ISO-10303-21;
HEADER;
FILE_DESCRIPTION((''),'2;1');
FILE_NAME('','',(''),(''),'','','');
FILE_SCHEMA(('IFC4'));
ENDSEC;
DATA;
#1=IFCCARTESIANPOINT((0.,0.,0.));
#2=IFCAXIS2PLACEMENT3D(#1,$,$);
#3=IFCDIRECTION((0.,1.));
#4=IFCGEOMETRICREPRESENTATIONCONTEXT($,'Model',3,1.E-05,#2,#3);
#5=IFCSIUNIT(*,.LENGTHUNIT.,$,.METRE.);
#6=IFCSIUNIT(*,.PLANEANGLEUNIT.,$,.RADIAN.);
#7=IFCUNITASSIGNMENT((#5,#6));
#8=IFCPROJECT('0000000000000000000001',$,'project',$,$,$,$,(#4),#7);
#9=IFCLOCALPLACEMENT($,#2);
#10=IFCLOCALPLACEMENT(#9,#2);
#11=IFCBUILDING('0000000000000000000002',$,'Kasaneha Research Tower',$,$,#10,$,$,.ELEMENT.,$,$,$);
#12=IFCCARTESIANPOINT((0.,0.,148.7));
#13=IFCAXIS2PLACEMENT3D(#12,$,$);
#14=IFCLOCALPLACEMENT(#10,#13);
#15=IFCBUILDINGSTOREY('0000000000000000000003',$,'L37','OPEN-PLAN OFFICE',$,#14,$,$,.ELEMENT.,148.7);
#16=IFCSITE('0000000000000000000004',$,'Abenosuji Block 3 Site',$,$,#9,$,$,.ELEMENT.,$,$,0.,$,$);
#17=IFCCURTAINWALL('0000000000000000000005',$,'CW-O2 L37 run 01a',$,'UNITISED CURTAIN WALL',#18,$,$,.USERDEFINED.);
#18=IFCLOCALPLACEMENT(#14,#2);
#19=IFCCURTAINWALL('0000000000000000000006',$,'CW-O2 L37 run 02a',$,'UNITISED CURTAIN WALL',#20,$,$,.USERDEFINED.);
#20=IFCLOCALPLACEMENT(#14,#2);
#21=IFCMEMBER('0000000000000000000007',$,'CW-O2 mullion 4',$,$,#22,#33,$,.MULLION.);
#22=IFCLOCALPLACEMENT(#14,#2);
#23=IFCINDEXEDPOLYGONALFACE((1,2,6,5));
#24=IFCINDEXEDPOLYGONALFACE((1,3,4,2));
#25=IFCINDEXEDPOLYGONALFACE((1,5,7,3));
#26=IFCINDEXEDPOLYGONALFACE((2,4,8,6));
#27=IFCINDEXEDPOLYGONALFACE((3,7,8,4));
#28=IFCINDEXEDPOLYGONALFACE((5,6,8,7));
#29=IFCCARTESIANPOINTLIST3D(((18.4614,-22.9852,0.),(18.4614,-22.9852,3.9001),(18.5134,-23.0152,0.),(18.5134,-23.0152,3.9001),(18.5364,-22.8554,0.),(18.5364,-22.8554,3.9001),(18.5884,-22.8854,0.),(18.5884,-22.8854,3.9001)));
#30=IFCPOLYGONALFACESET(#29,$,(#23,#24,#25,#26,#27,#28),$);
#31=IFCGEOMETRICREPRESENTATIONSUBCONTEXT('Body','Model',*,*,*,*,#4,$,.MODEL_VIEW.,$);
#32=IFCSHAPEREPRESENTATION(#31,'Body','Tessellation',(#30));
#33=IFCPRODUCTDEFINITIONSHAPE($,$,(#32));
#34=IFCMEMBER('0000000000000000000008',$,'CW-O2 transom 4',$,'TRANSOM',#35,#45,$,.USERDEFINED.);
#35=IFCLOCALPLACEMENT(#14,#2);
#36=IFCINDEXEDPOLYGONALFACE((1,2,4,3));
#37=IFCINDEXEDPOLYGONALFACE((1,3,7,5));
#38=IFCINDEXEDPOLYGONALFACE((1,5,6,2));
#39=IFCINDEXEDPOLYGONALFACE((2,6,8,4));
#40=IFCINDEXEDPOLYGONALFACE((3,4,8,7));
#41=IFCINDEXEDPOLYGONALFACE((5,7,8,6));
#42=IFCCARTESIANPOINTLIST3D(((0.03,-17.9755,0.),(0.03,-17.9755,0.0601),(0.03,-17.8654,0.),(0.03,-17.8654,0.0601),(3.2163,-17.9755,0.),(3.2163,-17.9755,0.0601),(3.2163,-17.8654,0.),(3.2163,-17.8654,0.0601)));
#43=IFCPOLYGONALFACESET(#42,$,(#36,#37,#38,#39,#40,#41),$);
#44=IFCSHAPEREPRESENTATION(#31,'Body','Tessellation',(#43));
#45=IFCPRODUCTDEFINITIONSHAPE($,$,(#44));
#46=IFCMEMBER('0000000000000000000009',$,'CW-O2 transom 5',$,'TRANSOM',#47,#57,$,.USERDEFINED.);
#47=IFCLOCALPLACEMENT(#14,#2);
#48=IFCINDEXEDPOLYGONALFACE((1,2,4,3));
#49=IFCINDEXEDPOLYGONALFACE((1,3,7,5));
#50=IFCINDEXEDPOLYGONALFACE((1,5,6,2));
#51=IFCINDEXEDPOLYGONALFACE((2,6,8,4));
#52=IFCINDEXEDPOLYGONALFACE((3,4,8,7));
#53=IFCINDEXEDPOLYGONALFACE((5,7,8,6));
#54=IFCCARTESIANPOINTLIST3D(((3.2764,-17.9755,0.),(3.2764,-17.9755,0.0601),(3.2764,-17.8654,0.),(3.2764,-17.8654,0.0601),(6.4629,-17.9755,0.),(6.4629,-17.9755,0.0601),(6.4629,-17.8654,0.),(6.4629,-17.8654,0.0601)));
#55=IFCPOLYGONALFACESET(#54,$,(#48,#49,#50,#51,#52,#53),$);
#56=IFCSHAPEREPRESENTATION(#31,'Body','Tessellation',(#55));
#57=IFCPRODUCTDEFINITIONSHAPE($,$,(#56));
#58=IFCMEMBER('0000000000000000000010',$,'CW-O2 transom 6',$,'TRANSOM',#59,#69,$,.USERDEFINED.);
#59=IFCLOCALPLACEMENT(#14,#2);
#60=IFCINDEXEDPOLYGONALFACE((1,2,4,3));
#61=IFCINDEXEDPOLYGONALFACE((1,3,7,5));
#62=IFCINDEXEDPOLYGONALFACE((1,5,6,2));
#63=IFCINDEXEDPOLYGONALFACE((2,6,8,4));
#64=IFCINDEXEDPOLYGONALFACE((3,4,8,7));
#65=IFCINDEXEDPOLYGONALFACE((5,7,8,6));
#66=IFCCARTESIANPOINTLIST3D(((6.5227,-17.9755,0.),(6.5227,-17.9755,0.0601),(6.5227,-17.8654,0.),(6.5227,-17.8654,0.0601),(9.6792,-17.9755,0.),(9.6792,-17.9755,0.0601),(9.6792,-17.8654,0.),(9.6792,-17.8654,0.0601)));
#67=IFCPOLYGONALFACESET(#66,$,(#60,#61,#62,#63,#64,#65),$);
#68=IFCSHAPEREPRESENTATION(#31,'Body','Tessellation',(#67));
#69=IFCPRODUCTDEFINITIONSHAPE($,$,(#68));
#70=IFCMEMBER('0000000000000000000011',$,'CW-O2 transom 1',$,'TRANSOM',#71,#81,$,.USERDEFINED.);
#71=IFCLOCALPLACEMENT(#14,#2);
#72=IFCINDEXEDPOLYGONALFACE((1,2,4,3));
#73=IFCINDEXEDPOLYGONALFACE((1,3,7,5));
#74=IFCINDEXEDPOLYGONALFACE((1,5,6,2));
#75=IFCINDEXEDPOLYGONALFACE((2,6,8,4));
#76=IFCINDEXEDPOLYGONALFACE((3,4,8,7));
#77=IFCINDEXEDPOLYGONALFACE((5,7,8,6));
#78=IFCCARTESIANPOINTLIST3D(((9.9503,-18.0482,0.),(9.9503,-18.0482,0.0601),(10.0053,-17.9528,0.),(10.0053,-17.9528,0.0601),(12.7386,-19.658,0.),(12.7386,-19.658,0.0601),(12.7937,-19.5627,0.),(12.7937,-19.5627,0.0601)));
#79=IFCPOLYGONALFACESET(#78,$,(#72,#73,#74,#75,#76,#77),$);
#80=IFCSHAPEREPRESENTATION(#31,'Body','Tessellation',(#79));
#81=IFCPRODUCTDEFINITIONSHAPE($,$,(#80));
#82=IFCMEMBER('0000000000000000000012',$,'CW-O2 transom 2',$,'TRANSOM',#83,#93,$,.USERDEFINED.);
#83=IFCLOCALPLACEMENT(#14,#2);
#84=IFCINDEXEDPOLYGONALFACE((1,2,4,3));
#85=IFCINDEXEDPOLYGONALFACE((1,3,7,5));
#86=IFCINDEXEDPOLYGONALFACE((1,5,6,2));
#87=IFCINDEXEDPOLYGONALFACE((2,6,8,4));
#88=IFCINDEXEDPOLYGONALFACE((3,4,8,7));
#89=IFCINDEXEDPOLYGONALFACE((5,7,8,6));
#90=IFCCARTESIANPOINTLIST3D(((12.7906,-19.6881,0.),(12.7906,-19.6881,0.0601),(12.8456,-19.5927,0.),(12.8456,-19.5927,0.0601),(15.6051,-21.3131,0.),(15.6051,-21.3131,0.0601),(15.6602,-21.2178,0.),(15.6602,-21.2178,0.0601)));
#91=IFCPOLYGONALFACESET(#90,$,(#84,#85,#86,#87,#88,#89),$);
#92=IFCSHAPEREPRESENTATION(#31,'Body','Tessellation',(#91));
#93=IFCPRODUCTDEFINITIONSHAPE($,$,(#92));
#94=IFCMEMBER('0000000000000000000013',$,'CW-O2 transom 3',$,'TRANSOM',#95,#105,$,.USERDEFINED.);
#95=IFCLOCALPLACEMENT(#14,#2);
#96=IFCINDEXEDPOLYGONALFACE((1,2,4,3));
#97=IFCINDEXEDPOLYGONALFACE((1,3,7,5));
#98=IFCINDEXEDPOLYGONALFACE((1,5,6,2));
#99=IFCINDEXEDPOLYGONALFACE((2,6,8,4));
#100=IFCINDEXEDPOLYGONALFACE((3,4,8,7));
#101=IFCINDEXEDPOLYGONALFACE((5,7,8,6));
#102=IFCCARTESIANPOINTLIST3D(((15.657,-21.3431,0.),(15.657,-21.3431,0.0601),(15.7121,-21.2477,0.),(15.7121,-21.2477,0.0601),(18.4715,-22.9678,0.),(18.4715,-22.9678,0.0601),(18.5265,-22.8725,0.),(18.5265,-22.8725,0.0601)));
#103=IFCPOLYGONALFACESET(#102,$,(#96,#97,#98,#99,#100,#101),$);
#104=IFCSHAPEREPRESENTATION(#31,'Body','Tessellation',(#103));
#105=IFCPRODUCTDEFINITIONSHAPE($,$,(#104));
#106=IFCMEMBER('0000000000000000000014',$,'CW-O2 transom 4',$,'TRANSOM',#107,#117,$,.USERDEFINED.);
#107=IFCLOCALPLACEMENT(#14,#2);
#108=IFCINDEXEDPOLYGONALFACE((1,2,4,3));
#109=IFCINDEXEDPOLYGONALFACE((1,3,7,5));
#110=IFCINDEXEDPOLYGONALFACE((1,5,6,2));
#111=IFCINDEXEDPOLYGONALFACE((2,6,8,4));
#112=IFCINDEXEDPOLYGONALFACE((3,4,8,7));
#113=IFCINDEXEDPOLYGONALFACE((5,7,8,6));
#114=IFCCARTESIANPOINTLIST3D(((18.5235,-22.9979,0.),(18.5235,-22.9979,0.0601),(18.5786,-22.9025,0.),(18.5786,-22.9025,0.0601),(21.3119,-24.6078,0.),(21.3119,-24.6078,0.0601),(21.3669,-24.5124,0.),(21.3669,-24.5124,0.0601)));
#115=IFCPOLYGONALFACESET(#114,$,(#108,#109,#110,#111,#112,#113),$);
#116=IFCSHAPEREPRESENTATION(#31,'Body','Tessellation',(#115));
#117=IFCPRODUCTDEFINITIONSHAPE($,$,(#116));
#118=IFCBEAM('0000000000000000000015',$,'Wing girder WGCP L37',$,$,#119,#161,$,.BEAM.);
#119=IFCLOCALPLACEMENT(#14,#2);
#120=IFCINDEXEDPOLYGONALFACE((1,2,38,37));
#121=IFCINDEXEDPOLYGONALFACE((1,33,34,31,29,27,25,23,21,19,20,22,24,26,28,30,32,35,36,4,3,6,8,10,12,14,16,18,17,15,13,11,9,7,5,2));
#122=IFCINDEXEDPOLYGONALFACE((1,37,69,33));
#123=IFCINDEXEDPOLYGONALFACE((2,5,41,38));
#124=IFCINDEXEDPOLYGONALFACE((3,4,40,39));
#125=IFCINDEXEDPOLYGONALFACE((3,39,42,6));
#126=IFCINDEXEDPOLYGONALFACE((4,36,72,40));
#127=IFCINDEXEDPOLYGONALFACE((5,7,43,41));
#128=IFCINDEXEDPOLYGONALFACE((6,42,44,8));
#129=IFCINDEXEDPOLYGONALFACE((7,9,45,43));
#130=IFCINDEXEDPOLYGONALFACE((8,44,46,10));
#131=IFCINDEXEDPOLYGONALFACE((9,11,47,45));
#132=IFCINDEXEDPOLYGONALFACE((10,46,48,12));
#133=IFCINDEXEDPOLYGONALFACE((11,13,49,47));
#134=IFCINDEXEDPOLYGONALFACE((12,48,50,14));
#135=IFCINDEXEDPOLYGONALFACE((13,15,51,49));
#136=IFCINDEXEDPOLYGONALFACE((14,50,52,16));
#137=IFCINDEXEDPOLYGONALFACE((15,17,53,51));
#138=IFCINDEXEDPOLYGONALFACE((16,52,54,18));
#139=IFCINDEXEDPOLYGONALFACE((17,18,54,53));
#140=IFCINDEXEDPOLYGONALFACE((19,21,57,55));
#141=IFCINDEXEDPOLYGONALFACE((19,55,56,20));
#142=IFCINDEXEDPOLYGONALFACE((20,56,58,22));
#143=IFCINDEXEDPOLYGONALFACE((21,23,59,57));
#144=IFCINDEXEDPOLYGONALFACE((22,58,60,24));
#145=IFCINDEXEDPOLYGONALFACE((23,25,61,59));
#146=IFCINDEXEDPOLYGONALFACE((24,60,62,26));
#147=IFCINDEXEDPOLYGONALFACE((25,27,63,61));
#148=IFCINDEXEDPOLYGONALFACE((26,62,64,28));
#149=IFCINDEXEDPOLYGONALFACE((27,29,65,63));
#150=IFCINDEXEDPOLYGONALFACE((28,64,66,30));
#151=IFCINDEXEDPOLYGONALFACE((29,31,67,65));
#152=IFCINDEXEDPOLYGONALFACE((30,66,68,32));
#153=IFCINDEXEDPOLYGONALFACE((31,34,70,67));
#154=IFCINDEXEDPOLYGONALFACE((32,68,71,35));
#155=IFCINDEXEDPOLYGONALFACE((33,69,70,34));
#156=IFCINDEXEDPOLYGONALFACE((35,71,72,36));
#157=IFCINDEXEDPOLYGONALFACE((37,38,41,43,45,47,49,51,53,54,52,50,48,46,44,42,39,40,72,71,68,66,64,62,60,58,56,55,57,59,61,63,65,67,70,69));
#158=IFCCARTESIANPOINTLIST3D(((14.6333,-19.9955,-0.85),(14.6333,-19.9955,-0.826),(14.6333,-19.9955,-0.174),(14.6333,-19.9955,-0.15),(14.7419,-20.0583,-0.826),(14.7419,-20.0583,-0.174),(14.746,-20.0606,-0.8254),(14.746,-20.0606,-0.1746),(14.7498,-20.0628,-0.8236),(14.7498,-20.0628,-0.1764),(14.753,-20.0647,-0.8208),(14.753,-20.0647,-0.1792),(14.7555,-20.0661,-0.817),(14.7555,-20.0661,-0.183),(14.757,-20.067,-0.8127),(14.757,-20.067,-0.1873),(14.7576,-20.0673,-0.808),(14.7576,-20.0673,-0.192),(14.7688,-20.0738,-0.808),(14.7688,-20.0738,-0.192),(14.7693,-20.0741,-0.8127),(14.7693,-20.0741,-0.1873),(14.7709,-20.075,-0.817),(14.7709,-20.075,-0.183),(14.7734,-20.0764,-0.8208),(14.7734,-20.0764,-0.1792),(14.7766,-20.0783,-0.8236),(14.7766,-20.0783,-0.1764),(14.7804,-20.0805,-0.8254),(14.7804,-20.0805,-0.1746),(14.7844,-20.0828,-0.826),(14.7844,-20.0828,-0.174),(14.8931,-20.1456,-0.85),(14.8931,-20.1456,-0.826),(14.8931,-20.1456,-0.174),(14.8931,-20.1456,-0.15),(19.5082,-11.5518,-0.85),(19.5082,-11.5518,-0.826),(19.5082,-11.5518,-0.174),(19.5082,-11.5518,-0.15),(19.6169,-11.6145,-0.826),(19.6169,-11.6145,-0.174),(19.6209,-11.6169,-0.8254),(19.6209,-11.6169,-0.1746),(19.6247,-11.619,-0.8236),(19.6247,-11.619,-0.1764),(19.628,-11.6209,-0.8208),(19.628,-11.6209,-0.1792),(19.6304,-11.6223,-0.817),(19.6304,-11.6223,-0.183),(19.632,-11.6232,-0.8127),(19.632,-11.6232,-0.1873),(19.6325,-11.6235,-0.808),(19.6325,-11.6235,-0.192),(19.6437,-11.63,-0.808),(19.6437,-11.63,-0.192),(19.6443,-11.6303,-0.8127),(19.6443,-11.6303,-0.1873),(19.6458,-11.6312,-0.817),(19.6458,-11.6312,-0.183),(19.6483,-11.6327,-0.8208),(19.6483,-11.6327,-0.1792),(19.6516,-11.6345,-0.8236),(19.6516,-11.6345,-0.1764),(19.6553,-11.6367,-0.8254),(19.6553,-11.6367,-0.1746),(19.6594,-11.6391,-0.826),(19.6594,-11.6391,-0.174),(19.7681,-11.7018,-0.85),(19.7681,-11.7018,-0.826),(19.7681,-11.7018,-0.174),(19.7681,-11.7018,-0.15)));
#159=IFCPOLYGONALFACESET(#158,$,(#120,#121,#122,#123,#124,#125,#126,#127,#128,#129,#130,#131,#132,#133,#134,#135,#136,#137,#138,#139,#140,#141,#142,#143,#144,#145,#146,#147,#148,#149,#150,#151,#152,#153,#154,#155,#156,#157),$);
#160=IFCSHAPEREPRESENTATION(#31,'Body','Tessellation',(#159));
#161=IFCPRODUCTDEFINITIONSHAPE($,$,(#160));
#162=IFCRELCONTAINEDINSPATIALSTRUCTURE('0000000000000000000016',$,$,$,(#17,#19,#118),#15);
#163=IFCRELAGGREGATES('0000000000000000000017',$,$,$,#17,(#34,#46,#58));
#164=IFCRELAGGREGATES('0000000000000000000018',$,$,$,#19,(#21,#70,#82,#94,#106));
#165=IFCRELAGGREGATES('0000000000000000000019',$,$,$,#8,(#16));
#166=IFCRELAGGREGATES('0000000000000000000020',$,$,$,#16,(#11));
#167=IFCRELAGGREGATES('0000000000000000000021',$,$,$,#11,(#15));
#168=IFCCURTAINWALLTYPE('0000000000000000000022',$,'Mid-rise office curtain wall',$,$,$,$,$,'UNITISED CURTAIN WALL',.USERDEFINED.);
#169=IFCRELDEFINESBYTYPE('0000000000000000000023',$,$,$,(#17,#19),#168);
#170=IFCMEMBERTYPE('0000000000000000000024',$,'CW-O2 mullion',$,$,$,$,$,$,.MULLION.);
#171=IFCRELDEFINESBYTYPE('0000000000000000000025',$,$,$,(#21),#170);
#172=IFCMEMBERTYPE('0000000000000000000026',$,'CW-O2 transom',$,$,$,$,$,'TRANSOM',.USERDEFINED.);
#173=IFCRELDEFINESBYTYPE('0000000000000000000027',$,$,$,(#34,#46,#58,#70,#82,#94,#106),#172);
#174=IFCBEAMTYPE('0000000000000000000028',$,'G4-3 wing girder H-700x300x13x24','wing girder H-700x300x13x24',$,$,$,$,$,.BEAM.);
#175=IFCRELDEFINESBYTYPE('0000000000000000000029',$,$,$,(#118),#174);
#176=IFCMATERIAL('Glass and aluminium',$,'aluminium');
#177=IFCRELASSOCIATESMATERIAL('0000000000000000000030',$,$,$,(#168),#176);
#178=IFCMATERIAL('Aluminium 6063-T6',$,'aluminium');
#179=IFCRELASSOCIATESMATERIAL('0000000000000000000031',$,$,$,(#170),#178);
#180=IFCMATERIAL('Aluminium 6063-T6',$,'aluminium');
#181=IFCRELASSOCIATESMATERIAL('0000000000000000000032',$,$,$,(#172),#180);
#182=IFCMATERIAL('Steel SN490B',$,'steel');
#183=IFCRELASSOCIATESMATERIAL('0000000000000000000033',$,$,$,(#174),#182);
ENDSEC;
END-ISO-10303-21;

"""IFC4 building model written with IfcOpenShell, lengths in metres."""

from ifc_helpers import new_model, si_unit, direction, frame, origin, origin_2d, place, context, subcontext, project, spatial, rectangle, i_section, extrude, material, material_profile, profile_set, type_object, element, aggregate, save


model = new_model("IFC4")

# Units and contexts
model_context = context("Model", 3, precision=1e-05, world=origin(), true_north=direction((0.0, 1.0)))
body_context = subcontext(model_context, "Body", "Model", "MODEL_VIEW")
ifc_project = project(units=[si_unit("LENGTHUNIT", "METRE"), si_unit("PLANEANGLEUNIT", "RADIAN")], contexts=[model_context])

# Site, building, storey
site_placement = place(None, origin())
site = spatial("IfcSite", under=ifc_project, at=site_placement, Name="Abenosuji Block 3 Site", CompositionType="ELEMENT", RefElevation=0.0)
building_placement = place(site_placement, origin())
building = spatial("IfcBuilding", under=site, at=building_placement, Name="Kasaneha Research Tower", CompositionType="ELEMENT")
storey_placement = place(building_placement, frame((0.0, 0.0, 148.7)))
storey = spatial("IfcBuildingStorey", under=building, at=storey_placement, Name="L37", Description="OPEN-PLAN OFFICE", CompositionType="ELEMENT", Elevation=148.7)

# Curtain walls, member
ifc_material_1 = material(Name="Glass and aluminium", Category="aluminium")
curtain_wall_type = type_object("IfcCurtainWallType", Name="Mid-rise office curtain wall", ElementType="UNITISED CURTAIN WALL", PredefinedType="USERDEFINED", material=ifc_material_1)
curtain_wall_1_placement = place(storey_placement, origin())
curtain_wall_1 = element("IfcCurtainWall", 1, at=curtain_wall_1_placement, inside=storey, type_object=curtain_wall_type, Name="CW-O2 L37 run 01a", ObjectType="UNITISED CURTAIN WALL", PredefinedType="USERDEFINED")
ifc_material_2 = material(Name="Aluminium 6063-T6", Category="aluminium")
ifc_material_profile_1 = material_profile(ifc_material_2, rectangle(XDim=0.0601, YDim=0.1499, at=origin_2d()), Name="CW-O2 mullion 60x150")
ifc_profile_set_1 = profile_set([ifc_material_profile_1], Name="Aluminium 6063-T6")
member_type_1 = type_object("IfcMemberType", Name="CW-O2 mullion", PredefinedType="MULLION", material=ifc_profile_set_1)
curtain_wall_2_placement = place(storey_placement, origin())
curtain_wall_2 = element("IfcCurtainWall", 2, at=curtain_wall_2_placement, inside=storey, type_object=curtain_wall_type, Name="CW-O2 L37 run 02a", ObjectType="UNITISED CURTAIN WALL", PredefinedType="USERDEFINED")
member_1_placement = place(storey_placement, frame((18.5249, -22.9353, 0.0), z_axis=(0.0, 0.0, 1.0), x_axis=(0.866025, -0.5, 0.0)))
member_1 = element("IfcMember", 3, at=member_1_placement, type_object=member_type_1, Name="CW-O2 mullion 4", PredefinedType="MULLION", context=body_context, shape_type="SweptSolid", body=[
    extrude(rectangle(XDim=0.0601, YDim=0.1499, at=origin_2d()), origin(), (0.0, 0.0, 1.0), 3.9001),
])

# Members
ifc_material_3 = material(Name="Aluminium 6063-T6", Category="aluminium")
ifc_material_profile_2 = material_profile(ifc_material_3, rectangle(XDim=0.1101, YDim=0.0601, at=origin_2d()), Name="CW-O2 transom 110x60")
ifc_profile_set_2 = profile_set([ifc_material_profile_2], Name="Aluminium 6063-T6")
member_type_2 = type_object("IfcMemberType", Name="CW-O2 transom", ElementType="TRANSOM", PredefinedType="USERDEFINED", material=ifc_profile_set_2)
member_2_placement = place(storey_placement, frame((0.03, -17.9204, 0.03), z_axis=(1.0, 0.0, 0.0), x_axis=(0.0, 1.0, 0.0)))
member_2 = element("IfcMember", 4, at=member_2_placement, type_object=member_type_2, Name="CW-O2 transom 4", ObjectType="TRANSOM", PredefinedType="USERDEFINED", context=body_context, shape_type="SweptSolid", body=[
    extrude(rectangle(XDim=0.1101, YDim=0.0601, at=origin_2d()), origin(), (0.0, 0.0, 1.0), 3.1863),
])
member_3_placement = place(storey_placement, frame((3.2764, -17.9204, 0.03), z_axis=(1.0, 0.0, 0.0), x_axis=(0.0, 1.0, 0.0)))
member_3 = element("IfcMember", 5, at=member_3_placement, type_object=member_type_2, Name="CW-O2 transom 5", ObjectType="TRANSOM", PredefinedType="USERDEFINED", context=body_context, shape_type="SweptSolid", body=[
    extrude(rectangle(XDim=0.1101, YDim=0.0601, at=origin_2d()), origin(), (0.0, 0.0, 1.0), 3.1865),
])
member_4_placement = place(storey_placement, frame((6.5227, -17.9204, 0.03), z_axis=(1.0, 0.0, 0.0), x_axis=(0.0, 1.0, 0.0)))
member_4 = element("IfcMember", 6, at=member_4_placement, type_object=member_type_2, Name="CW-O2 transom 6", ObjectType="TRANSOM", PredefinedType="USERDEFINED", context=body_context, shape_type="SweptSolid", body=[
    extrude(rectangle(XDim=0.1101, YDim=0.0601, at=origin_2d()), origin(), (0.0, 0.0, 1.0), 3.1565),
])
member_5_placement = place(storey_placement, frame((9.9778, -18.0005, 0.03), z_axis=(0.866023, -0.500005, 0.0), x_axis=(0.500005, 0.866023, 0.0)))
member_5 = element("IfcMember", 7, at=member_5_placement, type_object=member_type_2, Name="CW-O2 transom 1", ObjectType="TRANSOM", PredefinedType="USERDEFINED", context=body_context, shape_type="SweptSolid", body=[
    extrude(rectangle(XDim=0.1101, YDim=0.0601, at=origin_2d()), origin(), (0.0, 0.0, 1.0), 3.2197),
])
member_6_placement = place(storey_placement, frame((12.8181, -19.6404, 0.03), z_axis=(0.866015, -0.500017, 0.0), x_axis=(0.500017, 0.866015, 0.0)))
member_6 = element("IfcMember", 8, at=member_6_placement, type_object=member_type_2, Name="CW-O2 transom 2", ObjectType="TRANSOM", PredefinedType="USERDEFINED", context=body_context, shape_type="SweptSolid", body=[
    extrude(rectangle(XDim=0.1101, YDim=0.0601, at=origin_2d()), origin(), (0.0, 0.0, 1.0), 3.25),
])
member_7_placement = place(storey_placement, frame((15.6846, -21.2954, 0.03), z_axis=(0.866048, -0.499961, 0.0), x_axis=(0.499961, 0.866048, 0.0)))
member_7 = element("IfcMember", 9, at=member_7_placement, type_object=member_type_2, Name="CW-O2 transom 3", ObjectType="TRANSOM", PredefinedType="USERDEFINED", context=body_context, shape_type="SweptSolid", body=[
    extrude(rectangle(XDim=0.1101, YDim=0.0601, at=origin_2d()), origin(), (0.0, 0.0, 1.0), 3.2498),
])
member_8_placement = place(storey_placement, frame((18.551, -22.9502, 0.03), z_axis=(0.866023, -0.500005, 0.0), x_axis=(0.500005, 0.866023, 0.0)))
member_8 = element("IfcMember", 10, at=member_8_placement, type_object=member_type_2, Name="CW-O2 transom 4", ObjectType="TRANSOM", PredefinedType="USERDEFINED", context=body_context, shape_type="SweptSolid", body=[
    extrude(rectangle(XDim=0.1101, YDim=0.0601, at=origin_2d()), origin(), (0.0, 0.0, 1.0), 3.2197),
])

# Beam
ifc_material_4 = material(Name="Steel SN490B", Category="steel")
ifc_material_profile_3 = material_profile(ifc_material_4, i_section(OverallWidth=0.3, OverallDepth=0.7, WebThickness=0.0129, FlangeThickness=0.0239, FilletRadius=0.0181, at=origin_2d()), Name="H-700x300x13x24")
ifc_profile_set_3 = profile_set([ifc_material_profile_3], Name="Steel SN490B")
beam_type_1 = type_object("IfcBeamType", Name="G4-3 wing girder H-700x300x13x24", Description="wing girder H-700x300x13x24", PredefinedType="BEAM", material=ifc_profile_set_3)
beam_1_placement = place(storey_placement, frame((14.7632, -20.0706, -0.5), z_axis=(0.499996, 0.866028, 0.0), x_axis=(-0.866028, 0.499996, 0.0)))
element("IfcBeam", 11, at=beam_1_placement, inside=storey, type_object=beam_type_1, Name="Wing girder WGCP L37", PredefinedType="BEAM", context=body_context, shape_type="SweptSolid", body=[
    extrude(i_section(OverallWidth=0.3, OverallDepth=0.7, WebThickness=0.0129, FlangeThickness=0.0239, FilletRadius=0.0181, at=origin_2d()), origin(), (0.0, 0.0, 1.0), 9.75),
])

aggregate(curtain_wall_1, [member_2, member_3, member_4])
aggregate(curtain_wall_2, [member_1, member_5, member_6, member_7, member_8])

save(model, "model.ifc")
